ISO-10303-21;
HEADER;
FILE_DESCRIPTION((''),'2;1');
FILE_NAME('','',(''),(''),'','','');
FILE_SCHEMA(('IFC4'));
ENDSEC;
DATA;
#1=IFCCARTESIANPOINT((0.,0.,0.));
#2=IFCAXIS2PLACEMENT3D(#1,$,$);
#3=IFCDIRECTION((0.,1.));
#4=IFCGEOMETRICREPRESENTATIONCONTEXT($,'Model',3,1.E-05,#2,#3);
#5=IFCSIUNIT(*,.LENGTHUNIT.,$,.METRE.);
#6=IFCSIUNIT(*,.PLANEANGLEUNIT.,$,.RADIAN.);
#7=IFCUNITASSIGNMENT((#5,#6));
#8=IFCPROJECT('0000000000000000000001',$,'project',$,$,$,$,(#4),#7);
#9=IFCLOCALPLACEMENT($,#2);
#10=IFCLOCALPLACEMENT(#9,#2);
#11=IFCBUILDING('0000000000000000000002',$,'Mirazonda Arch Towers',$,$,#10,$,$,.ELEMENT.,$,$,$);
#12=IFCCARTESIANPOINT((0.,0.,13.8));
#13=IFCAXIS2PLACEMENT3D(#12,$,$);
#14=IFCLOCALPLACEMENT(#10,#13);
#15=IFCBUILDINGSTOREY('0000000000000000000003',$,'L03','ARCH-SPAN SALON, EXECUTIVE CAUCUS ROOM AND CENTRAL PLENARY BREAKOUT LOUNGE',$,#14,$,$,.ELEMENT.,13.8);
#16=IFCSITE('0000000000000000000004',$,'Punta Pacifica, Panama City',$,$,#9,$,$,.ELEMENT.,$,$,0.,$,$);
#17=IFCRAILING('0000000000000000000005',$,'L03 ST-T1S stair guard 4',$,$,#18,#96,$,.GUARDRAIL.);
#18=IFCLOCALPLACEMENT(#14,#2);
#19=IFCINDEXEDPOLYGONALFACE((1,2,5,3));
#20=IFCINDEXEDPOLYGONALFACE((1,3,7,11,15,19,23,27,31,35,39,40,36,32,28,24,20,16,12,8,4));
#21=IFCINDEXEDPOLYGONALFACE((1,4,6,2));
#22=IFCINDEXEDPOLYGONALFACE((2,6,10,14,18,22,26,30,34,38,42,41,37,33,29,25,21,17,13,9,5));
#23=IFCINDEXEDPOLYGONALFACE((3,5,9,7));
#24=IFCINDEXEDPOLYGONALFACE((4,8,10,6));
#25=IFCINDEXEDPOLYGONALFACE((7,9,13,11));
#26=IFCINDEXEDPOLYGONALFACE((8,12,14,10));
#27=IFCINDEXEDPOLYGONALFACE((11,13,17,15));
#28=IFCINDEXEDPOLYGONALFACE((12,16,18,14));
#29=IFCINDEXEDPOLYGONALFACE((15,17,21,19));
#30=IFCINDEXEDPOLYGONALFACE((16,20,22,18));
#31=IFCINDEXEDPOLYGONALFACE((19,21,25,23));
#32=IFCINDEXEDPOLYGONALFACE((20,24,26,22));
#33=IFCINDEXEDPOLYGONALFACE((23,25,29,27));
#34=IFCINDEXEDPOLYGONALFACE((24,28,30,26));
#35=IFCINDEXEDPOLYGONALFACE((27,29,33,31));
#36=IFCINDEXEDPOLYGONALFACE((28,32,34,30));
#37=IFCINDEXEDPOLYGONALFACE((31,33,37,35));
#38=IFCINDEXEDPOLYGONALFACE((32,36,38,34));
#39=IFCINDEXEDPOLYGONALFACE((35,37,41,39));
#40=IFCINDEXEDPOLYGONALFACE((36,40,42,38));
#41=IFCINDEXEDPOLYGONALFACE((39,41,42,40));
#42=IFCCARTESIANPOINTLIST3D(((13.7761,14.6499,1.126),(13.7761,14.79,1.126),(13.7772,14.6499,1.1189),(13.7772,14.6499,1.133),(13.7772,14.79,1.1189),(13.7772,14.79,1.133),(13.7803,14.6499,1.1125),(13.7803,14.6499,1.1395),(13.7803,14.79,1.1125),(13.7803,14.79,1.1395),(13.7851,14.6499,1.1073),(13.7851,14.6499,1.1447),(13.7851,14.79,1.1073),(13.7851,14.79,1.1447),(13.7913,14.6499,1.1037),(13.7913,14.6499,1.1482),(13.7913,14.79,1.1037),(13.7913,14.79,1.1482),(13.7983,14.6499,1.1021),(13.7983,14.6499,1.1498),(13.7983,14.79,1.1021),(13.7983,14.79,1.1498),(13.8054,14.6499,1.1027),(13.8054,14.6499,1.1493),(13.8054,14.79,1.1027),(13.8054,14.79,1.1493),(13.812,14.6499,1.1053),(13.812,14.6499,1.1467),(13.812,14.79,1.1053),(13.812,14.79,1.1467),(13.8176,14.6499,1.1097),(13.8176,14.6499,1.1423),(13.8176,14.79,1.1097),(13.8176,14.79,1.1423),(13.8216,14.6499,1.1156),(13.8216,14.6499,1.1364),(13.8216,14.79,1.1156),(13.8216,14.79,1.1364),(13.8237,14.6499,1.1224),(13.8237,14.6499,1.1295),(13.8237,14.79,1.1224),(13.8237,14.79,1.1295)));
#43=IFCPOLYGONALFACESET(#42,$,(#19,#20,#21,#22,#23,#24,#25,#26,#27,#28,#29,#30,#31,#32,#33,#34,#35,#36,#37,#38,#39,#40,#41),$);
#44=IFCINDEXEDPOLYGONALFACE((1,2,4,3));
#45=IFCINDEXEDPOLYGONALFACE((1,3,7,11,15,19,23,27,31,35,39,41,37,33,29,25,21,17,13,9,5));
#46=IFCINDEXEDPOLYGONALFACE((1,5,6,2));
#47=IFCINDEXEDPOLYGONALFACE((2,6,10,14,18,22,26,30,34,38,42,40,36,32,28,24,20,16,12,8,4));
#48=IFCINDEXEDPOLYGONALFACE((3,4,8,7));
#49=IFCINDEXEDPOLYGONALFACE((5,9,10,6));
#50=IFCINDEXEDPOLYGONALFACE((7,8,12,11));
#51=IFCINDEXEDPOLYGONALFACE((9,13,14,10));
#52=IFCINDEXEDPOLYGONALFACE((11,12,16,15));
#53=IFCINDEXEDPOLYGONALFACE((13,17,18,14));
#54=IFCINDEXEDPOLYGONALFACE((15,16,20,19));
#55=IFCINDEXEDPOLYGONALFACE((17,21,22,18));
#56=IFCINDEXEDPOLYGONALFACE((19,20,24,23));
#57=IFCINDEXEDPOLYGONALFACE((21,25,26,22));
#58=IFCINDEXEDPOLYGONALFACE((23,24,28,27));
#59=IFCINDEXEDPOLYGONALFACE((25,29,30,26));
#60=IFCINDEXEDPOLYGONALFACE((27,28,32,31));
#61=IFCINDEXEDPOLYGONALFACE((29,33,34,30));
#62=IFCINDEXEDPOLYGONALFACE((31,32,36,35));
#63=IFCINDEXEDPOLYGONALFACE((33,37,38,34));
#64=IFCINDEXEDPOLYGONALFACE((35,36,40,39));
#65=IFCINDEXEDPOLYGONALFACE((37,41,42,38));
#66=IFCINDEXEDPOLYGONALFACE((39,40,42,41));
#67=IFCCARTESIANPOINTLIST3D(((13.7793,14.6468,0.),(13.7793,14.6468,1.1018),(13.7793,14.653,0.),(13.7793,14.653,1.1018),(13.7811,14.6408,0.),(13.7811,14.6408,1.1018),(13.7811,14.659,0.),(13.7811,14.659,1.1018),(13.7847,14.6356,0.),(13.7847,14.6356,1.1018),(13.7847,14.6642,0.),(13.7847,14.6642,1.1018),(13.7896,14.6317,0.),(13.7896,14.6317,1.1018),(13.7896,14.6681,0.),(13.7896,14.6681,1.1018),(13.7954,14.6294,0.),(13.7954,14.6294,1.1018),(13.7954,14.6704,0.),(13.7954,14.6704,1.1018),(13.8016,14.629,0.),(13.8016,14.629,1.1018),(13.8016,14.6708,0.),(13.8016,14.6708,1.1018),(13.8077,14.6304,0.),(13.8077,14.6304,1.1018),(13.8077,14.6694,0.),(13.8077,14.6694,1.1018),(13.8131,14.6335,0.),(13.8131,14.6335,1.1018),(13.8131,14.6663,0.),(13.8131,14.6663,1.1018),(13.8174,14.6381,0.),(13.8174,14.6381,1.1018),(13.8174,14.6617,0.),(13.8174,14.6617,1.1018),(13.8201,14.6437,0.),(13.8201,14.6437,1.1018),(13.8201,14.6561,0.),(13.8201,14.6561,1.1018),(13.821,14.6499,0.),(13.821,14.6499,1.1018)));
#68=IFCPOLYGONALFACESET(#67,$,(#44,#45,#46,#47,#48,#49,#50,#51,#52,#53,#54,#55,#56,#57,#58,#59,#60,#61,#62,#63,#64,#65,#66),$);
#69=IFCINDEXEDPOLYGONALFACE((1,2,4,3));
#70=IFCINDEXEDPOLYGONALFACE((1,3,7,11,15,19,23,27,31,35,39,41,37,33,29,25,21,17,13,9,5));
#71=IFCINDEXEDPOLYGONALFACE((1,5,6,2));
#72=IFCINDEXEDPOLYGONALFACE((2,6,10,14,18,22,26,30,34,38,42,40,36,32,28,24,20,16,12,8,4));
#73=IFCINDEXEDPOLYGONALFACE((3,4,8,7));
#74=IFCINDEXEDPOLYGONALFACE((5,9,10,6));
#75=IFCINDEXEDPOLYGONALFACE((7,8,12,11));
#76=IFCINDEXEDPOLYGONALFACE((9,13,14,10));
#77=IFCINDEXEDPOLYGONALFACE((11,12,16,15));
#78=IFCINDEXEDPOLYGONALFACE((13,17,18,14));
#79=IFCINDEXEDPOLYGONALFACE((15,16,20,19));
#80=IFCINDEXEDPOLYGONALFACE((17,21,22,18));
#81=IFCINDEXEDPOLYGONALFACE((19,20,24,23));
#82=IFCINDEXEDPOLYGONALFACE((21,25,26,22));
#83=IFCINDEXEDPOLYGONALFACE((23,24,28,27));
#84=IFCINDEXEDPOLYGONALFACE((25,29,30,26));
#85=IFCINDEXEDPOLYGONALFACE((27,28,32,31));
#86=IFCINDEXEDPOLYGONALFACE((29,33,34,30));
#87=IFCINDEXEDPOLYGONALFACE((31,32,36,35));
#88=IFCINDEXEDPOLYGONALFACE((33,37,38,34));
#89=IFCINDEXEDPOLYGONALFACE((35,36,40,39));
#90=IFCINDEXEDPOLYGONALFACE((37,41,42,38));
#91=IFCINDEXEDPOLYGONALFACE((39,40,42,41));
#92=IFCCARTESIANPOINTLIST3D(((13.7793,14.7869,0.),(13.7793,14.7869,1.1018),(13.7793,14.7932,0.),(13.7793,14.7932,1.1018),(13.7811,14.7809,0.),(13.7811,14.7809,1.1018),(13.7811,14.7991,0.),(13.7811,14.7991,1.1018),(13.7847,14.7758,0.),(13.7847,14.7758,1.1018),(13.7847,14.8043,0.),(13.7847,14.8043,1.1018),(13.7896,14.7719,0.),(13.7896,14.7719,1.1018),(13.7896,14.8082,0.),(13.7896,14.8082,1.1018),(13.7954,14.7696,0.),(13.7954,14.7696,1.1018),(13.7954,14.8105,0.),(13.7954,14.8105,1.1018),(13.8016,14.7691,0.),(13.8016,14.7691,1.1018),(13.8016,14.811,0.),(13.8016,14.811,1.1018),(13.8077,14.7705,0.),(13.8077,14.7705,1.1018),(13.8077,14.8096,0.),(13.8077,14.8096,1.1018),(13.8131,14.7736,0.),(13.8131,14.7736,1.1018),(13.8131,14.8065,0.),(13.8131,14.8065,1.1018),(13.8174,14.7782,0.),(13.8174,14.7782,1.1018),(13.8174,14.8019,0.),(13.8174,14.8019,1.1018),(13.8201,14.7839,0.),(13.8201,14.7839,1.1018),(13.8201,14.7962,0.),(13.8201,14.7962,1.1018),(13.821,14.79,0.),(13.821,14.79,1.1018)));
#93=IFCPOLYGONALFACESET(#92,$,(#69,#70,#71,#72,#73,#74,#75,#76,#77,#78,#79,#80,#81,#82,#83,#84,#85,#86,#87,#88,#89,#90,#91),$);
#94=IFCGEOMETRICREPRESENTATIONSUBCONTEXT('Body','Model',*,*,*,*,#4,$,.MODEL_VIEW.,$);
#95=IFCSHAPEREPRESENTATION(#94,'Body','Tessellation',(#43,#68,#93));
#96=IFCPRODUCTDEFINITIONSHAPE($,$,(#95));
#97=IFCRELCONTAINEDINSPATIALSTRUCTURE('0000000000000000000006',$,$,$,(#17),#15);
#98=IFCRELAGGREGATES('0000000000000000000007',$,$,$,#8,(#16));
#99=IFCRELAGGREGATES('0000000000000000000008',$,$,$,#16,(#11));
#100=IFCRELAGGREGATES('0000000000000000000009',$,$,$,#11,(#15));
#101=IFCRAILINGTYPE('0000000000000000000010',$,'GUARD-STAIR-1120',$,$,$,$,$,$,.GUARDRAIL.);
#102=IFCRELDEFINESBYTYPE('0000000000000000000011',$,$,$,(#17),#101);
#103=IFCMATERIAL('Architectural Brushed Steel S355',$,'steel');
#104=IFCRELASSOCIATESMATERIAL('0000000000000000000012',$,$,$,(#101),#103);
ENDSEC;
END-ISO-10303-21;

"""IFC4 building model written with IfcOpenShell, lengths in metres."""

from ifc_helpers import new_model, si_unit, direction, frame, origin, origin_2d, place, context, subcontext, project, spatial, circle, extrude, material, type_object, element, save


model = new_model("IFC4")

# Units and contexts
model_context = context("Model", 3, precision=1e-05, world=origin(), true_north=direction((0.0, 1.0)))
body_context = subcontext(model_context, "Body", "Model", "MODEL_VIEW")
ifc_project = project(units=[si_unit("LENGTHUNIT", "METRE"), si_unit("PLANEANGLEUNIT", "RADIAN")], contexts=[model_context])

# Site, building, storey
site_placement = place(None, origin())
site = spatial("IfcSite", under=ifc_project, at=site_placement, Name="Punta Pacifica, Panama City", CompositionType="ELEMENT", RefElevation=0.0)
building_placement = place(site_placement, origin())
building = spatial("IfcBuilding", under=site, at=building_placement, Name="Mirazonda Arch Towers", CompositionType="ELEMENT")
storey_placement = place(building_placement, frame((0.0, 0.0, 13.8)))
storey = spatial("IfcBuildingStorey", under=building, at=storey_placement, Name="L03", Description="ARCH-SPAN SALON, EXECUTIVE CAUCUS ROOM AND CENTRAL PLENARY BREAKOUT LOUNGE", CompositionType="ELEMENT", Elevation=13.8)

# Shared definitions
ifc_material_1 = material(Name="Architectural Brushed Steel S355", Category="steel")

# Railing
railing_type_1 = type_object("IfcRailingType", Name="GUARD-STAIR-1120", PredefinedType="GUARDRAIL", material=ifc_material_1)
railing_1_placement = place(storey_placement, frame((13.8, 14.6499, 0.0)))
element("IfcRailing", 1, at=railing_1_placement, inside=storey, type_object=railing_type_1, Name="L03 ST-T1S stair guard 4", PredefinedType="GUARDRAIL", context=body_context, shape_type="SweptSolid", body=[
    extrude(circle(Radius=0.0239, at=origin_2d()), frame((0.0, 0.0, 1.126), z_axis=(0.0, 1.0, 0.0), x_axis=(-1.0, 0.0, 0.0)), (0.0, 0.0, 1.0), 0.1401),
    extrude(circle(Radius=0.021, at=origin_2d()), origin(), (0.0, 0.0, 1.0), 1.1018),
    extrude(circle(Radius=0.021, at=origin_2d()), frame((0.0, 0.1401, 0.0)), (0.0, 0.0, 1.0), 1.1018),
])

save(model, "model.ifc")
